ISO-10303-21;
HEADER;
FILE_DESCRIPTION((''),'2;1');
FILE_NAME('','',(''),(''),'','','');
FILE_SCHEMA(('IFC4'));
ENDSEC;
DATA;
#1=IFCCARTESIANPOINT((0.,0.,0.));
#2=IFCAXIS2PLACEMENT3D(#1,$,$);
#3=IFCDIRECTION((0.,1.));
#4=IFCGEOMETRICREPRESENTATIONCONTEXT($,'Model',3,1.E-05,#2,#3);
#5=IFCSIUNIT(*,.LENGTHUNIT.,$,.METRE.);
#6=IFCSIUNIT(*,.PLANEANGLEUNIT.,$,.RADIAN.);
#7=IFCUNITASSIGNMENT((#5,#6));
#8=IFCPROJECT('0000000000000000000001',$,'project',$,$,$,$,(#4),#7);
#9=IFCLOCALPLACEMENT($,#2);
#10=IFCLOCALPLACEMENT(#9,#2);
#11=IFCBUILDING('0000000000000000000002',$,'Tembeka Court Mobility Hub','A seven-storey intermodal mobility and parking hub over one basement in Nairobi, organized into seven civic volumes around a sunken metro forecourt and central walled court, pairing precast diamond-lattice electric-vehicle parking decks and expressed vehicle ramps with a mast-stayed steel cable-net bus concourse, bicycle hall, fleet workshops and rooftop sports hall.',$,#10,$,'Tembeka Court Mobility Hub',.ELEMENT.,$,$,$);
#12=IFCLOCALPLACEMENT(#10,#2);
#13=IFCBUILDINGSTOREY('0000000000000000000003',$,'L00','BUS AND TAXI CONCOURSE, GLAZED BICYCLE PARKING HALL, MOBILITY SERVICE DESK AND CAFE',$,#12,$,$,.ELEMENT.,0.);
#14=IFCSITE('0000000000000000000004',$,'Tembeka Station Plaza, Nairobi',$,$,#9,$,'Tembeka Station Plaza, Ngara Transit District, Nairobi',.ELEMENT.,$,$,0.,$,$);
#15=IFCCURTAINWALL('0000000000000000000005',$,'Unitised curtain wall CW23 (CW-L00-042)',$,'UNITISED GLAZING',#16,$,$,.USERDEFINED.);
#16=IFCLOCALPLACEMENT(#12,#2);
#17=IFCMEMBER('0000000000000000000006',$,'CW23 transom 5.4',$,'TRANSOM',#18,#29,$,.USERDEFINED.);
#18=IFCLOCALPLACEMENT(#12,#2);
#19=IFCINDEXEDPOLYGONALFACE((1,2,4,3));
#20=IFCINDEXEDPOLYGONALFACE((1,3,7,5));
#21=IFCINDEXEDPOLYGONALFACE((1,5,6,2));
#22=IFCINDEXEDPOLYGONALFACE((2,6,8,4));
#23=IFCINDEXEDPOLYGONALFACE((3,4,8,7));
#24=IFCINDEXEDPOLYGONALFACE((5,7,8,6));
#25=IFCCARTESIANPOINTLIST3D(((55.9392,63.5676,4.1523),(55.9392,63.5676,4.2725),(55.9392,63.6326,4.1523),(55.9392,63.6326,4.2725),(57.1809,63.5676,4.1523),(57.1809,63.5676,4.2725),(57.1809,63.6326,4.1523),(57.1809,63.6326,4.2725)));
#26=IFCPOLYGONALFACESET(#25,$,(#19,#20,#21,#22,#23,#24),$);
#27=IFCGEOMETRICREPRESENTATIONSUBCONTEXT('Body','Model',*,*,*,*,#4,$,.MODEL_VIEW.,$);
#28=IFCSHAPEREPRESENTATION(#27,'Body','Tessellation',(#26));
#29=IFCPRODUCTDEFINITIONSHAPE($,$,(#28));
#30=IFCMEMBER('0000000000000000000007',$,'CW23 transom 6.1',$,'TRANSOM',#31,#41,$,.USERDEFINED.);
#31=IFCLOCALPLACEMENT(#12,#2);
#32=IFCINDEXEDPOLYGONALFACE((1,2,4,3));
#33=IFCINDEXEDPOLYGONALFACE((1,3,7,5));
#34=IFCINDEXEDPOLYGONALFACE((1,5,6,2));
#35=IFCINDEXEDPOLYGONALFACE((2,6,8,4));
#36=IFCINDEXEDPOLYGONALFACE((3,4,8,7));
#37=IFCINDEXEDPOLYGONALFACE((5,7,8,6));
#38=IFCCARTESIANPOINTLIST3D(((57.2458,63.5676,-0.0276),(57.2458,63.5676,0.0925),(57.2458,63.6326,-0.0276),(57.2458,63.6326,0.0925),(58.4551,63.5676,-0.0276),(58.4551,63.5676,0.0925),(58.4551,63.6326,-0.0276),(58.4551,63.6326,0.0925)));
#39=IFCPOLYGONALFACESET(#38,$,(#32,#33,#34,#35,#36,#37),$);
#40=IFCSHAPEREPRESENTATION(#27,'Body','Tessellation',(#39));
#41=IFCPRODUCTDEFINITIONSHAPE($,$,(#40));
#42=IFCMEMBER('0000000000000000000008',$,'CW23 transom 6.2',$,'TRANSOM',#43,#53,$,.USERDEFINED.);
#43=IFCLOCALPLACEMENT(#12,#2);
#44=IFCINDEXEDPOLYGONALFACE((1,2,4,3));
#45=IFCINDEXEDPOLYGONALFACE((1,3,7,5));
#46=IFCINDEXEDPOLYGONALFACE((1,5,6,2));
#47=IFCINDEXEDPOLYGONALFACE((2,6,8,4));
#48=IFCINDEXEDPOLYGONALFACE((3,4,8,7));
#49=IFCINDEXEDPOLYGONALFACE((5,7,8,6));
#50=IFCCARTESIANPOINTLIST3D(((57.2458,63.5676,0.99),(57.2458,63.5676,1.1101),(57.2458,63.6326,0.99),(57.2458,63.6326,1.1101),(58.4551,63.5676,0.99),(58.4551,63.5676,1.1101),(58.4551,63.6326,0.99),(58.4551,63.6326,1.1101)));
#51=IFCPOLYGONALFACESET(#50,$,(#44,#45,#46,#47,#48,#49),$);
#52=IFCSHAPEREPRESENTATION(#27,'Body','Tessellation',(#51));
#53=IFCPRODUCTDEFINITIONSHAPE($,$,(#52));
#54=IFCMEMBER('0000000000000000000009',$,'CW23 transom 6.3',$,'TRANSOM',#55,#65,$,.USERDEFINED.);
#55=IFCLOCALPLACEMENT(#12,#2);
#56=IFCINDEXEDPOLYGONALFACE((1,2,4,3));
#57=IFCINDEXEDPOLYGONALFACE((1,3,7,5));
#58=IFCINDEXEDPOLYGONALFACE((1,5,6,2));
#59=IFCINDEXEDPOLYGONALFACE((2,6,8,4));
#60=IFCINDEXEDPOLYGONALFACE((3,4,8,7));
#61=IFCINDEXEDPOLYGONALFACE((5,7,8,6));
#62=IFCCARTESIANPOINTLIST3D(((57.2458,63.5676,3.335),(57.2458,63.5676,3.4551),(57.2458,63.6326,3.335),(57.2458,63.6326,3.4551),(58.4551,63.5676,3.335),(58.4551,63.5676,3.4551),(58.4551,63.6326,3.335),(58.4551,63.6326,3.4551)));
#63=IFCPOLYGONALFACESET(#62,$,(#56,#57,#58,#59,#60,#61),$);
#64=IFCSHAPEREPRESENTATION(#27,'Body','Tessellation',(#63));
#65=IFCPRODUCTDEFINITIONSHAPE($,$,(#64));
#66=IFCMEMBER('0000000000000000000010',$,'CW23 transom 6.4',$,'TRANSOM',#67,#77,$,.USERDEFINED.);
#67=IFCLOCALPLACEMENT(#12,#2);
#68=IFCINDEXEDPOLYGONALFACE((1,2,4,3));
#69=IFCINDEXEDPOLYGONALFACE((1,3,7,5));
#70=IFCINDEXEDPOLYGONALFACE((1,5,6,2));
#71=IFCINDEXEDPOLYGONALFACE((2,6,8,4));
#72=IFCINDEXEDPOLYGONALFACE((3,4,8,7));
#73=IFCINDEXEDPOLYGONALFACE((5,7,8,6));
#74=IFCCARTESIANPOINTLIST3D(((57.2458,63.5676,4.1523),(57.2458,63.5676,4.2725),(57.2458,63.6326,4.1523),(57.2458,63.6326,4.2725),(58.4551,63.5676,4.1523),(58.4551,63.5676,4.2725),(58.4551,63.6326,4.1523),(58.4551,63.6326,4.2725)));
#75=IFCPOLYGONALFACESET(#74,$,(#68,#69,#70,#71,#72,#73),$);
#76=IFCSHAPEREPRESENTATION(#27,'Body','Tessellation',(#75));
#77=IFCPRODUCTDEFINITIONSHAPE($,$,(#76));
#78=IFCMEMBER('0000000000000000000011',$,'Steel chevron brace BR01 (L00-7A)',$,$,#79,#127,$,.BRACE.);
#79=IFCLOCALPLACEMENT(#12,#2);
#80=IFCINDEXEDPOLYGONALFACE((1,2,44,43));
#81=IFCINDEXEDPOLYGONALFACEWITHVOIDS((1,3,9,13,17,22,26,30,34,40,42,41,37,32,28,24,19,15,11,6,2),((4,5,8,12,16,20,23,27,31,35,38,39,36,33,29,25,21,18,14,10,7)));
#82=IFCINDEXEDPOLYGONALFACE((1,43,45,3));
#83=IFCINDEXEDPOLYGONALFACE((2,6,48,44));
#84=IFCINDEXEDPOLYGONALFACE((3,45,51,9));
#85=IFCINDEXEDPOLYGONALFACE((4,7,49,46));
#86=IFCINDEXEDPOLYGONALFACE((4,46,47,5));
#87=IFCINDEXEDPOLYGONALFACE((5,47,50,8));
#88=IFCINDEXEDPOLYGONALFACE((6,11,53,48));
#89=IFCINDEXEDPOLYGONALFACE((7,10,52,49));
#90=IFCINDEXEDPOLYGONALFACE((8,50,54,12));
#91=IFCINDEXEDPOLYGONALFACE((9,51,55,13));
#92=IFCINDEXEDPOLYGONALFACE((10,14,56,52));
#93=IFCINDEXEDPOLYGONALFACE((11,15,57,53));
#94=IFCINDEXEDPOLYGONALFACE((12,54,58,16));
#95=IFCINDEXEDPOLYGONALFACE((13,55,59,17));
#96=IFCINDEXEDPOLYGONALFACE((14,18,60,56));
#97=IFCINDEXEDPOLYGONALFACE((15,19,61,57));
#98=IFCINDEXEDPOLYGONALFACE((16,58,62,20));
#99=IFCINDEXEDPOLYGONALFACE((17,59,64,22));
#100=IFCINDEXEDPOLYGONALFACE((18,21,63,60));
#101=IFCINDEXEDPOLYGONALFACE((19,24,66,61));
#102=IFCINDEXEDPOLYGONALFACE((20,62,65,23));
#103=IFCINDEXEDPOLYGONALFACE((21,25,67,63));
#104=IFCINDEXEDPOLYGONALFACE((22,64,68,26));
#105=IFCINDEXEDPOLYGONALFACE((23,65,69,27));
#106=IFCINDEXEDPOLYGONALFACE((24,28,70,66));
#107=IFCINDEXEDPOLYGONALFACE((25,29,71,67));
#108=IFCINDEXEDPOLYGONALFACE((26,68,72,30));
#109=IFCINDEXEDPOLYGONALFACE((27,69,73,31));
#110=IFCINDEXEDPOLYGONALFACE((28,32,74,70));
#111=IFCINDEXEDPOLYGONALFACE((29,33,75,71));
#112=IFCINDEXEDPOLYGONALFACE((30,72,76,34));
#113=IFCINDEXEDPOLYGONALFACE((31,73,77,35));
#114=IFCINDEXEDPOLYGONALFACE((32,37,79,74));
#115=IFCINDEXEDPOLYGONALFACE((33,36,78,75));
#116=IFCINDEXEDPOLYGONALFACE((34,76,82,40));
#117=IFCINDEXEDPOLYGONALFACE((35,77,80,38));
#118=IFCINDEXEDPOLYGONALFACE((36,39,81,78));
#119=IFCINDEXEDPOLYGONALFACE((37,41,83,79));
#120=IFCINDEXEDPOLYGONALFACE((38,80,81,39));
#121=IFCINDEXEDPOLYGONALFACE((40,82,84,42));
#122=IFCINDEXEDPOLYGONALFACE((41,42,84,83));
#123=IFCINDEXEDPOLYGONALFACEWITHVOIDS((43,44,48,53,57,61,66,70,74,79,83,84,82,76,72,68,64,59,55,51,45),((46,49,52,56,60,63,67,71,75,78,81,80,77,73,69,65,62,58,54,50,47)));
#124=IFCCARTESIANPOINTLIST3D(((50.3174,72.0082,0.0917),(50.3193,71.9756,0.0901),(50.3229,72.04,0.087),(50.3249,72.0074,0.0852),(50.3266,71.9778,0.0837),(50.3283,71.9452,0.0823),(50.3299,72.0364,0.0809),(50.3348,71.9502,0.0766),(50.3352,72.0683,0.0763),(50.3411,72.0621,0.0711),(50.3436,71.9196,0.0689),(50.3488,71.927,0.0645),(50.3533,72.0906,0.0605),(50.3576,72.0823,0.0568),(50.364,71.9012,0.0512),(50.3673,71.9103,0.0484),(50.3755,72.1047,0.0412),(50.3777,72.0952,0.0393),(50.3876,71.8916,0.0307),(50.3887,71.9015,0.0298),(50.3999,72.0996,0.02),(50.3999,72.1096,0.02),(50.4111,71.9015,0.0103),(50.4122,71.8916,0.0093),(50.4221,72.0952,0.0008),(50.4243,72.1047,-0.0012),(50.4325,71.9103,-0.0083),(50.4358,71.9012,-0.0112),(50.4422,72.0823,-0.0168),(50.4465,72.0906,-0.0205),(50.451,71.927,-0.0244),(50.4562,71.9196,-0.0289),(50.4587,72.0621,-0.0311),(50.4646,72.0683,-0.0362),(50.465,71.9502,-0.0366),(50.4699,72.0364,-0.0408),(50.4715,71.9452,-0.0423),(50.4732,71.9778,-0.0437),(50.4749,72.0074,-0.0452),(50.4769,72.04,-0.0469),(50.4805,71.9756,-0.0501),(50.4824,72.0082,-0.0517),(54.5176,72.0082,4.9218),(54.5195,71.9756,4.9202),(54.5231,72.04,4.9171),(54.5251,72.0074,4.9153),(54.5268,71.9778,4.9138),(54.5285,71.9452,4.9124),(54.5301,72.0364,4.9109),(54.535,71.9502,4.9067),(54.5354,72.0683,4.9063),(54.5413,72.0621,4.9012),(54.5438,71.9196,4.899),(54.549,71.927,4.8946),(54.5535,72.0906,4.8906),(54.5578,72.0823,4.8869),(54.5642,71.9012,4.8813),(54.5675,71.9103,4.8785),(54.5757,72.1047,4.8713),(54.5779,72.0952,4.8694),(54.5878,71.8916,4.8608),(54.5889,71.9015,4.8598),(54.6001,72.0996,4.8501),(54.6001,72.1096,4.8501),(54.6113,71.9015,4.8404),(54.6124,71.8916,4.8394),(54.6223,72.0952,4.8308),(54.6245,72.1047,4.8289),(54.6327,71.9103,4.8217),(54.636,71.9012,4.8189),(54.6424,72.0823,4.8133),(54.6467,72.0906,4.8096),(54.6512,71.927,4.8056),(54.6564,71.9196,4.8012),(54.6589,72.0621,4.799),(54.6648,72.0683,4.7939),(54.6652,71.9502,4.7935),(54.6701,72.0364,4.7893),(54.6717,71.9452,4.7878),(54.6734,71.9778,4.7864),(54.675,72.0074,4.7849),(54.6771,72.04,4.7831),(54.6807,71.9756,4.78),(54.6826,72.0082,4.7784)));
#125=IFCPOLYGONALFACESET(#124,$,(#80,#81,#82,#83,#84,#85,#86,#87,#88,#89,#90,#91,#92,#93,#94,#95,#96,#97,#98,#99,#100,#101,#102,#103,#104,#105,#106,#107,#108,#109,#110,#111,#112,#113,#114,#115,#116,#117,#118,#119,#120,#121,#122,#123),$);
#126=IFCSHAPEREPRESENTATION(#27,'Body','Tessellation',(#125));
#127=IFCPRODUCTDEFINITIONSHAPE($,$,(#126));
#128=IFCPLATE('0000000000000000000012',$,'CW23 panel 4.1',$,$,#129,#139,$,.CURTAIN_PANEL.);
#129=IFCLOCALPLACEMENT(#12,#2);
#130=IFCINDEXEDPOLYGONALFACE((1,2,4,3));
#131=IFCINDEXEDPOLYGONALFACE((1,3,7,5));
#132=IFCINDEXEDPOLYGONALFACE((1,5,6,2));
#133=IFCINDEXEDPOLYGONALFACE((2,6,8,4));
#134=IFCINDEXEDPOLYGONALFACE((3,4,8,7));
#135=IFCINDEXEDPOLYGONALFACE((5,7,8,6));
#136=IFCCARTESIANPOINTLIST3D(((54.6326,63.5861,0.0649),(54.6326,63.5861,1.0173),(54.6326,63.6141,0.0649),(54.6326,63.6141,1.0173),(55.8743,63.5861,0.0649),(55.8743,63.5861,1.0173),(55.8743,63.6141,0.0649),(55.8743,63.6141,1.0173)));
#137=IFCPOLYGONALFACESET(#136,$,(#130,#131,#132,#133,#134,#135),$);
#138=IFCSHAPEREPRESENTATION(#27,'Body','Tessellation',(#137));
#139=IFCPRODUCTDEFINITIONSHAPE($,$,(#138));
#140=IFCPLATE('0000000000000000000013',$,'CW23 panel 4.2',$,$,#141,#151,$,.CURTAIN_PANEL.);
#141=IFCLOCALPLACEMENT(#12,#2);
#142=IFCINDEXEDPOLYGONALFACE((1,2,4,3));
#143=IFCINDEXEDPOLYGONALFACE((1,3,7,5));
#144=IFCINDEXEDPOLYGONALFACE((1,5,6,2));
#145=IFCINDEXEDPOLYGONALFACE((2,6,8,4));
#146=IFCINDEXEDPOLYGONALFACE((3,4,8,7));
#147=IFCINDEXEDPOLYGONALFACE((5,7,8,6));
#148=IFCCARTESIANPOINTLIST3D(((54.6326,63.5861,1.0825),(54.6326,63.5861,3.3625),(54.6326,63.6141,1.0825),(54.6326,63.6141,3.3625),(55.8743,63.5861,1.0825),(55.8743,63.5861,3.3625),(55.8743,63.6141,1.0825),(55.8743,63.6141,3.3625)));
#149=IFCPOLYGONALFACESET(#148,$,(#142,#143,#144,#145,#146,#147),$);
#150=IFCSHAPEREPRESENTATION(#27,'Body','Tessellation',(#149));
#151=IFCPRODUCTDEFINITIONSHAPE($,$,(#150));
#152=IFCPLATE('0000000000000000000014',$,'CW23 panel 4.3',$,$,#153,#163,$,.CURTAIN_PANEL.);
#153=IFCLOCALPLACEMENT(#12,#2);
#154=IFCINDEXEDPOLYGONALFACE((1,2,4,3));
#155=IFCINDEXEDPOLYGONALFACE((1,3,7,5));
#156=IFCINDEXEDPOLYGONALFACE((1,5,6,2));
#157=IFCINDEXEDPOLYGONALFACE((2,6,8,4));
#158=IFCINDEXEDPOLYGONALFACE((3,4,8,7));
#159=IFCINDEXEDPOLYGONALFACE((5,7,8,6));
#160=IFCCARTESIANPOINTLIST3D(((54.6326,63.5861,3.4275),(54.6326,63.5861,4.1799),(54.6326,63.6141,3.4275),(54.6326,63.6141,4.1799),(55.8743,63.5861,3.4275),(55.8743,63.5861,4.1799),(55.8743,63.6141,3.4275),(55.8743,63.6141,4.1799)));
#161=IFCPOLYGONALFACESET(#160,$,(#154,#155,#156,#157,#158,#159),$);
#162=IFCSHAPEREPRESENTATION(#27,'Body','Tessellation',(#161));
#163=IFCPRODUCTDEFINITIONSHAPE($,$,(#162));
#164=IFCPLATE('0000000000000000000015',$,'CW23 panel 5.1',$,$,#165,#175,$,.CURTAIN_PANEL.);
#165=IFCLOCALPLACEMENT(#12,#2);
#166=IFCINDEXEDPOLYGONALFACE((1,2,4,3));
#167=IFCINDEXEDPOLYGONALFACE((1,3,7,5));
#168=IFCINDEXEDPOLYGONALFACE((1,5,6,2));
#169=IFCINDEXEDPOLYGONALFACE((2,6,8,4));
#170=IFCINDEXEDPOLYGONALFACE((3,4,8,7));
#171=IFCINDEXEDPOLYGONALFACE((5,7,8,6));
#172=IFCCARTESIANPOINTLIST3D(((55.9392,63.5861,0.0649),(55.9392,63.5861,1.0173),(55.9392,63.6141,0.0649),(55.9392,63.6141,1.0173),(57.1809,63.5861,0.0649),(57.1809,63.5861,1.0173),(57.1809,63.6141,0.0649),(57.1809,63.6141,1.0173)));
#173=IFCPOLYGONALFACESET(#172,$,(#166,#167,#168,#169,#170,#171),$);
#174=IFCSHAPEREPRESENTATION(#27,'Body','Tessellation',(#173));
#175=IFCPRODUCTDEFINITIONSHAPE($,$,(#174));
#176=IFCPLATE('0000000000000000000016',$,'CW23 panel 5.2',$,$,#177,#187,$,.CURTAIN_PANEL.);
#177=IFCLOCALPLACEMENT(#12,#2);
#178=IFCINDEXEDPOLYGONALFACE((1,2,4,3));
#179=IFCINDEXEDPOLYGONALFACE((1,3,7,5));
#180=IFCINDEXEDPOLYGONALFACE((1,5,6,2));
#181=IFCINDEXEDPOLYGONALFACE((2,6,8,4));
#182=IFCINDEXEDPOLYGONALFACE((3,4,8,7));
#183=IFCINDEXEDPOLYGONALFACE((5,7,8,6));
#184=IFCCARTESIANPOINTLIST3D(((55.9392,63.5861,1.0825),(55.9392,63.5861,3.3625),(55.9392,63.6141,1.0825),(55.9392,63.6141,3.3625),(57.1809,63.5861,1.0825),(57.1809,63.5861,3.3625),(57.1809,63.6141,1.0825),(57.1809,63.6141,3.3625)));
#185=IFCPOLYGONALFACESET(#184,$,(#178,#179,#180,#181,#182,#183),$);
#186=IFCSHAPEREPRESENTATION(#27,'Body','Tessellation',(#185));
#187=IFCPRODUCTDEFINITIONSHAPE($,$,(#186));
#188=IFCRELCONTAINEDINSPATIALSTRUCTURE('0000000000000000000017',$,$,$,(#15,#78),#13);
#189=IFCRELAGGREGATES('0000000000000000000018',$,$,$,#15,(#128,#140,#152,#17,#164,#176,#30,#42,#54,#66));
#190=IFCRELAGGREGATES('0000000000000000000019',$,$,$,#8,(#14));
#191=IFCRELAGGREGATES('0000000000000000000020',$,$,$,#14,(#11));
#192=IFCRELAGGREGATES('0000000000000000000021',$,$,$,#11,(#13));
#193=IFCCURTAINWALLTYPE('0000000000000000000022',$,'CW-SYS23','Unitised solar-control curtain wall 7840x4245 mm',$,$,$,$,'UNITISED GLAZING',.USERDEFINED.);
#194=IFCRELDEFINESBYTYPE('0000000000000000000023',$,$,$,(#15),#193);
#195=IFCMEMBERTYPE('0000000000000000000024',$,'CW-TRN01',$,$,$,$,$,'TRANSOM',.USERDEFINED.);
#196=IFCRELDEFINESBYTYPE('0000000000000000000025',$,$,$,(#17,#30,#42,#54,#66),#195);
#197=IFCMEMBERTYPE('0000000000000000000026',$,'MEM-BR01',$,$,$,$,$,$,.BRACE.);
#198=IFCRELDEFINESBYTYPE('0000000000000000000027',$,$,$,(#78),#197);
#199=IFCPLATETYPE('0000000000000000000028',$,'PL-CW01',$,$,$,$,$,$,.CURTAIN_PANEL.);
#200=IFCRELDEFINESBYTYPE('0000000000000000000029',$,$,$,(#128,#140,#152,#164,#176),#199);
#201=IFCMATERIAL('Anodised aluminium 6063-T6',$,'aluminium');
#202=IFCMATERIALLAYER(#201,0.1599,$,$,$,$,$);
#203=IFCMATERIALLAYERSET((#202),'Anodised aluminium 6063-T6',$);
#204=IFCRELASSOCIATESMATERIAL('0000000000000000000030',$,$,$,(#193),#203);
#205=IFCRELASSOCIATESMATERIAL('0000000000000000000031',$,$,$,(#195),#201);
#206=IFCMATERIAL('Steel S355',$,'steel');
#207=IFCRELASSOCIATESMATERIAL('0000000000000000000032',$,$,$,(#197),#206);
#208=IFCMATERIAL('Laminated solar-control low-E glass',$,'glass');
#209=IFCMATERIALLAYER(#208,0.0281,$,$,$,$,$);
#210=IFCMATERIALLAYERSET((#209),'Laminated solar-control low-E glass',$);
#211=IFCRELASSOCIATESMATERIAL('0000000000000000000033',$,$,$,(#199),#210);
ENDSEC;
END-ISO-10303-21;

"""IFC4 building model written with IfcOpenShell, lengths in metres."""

from ifc_helpers import new_model, si_unit, direction, frame, origin, origin_2d, place, context, subcontext, project, spatial, rectangle, hollow_circle, extrude, material, layer, layer_set, material_profile, profile_set, type_object, element, aggregate, save


model = new_model("IFC4")

# Units and contexts
model_context = context("Model", 3, precision=1e-05, world=origin(), true_north=direction((0.0, 1.0)))
body_context = subcontext(model_context, "Body", "Model", "MODEL_VIEW")
ifc_project = project(units=[si_unit("LENGTHUNIT", "METRE"), si_unit("PLANEANGLEUNIT", "RADIAN")], contexts=[model_context])

# Site, building, storey
site_placement = place(None, origin())
site = spatial("IfcSite", under=ifc_project, at=site_placement, Name="Tembeka Station Plaza, Nairobi", LongName="Tembeka Station Plaza, Ngara Transit District, Nairobi", CompositionType="ELEMENT", RefElevation=0.0)
building_placement = place(site_placement, origin())
building = spatial("IfcBuilding", under=site, at=building_placement, Name="Tembeka Court Mobility Hub", Description="A seven-storey intermodal mobility and parking hub over one basement in Nairobi, organized into seven civic volumes around a sunken metro forecourt and central walled court, pairing precast diamond-lattice electric-vehicle parking decks and expressed vehicle ramps with a mast-stayed steel cable-net bus concourse, bicycle hall, fleet workshops and rooftop sports hall.", LongName="Tembeka Court Mobility Hub", CompositionType="ELEMENT")
storey_placement = place(building_placement, origin())
storey = spatial("IfcBuildingStorey", under=building, at=storey_placement, Name="L00", Description="BUS AND TAXI CONCOURSE, GLAZED BICYCLE PARKING HALL, MOBILITY SERVICE DESK AND CAFE", CompositionType="ELEMENT", Elevation=0.0)

# Shared definitions
ifc_material_1 = material(Name="Steel S355", Category="steel")

# Curtain wall, members
ifc_material_2 = material(Name="Anodised aluminium 6063-T6", Category="aluminium")
ifc_layer_1 = layer(ifc_material_2, 0.1599)
ifc_layer_set_1 = layer_set([ifc_layer_1], Name="Anodised aluminium 6063-T6")
curtain_wall_type = type_object("IfcCurtainWallType", Name="CW-SYS23", Description="Unitised solar-control curtain wall 7840x4245 mm", ElementType="UNITISED GLAZING", PredefinedType="USERDEFINED", material=ifc_layer_set_1)
curtain_wall_placement = place(storey_placement, origin())
curtain_wall = element("IfcCurtainWall", 1, at=curtain_wall_placement, inside=storey, type_object=curtain_wall_type, Name="Unitised curtain wall CW23 (CW-L00-042)", ObjectType="UNITISED GLAZING", PredefinedType="USERDEFINED")
ifc_material_profile_1 = material_profile(ifc_material_2, rectangle(XDim=0.0649, YDim=0.1201, at=origin_2d()), Name="ALU-TRN 65x120")
ifc_profile_set_1 = profile_set([ifc_material_profile_1], Name="Anodised aluminium 6063-T6")
member_type_1 = type_object("IfcMemberType", Name="CW-TRN01", ElementType="TRANSOM", PredefinedType="USERDEFINED", material=ifc_profile_set_1)
member_1_placement = place(storey_placement, frame((55.9392, 63.6001, 4.2124), z_axis=(1.0, 0.0, 0.0), x_axis=(0.0, 1.0, 0.0)))
member_1 = element("IfcMember", 2, at=member_1_placement, type_object=member_type_1, Name="CW23 transom 5.4", ObjectType="TRANSOM", PredefinedType="USERDEFINED", context=body_context, shape_type="SweptSolid", body=[
    extrude(rectangle(XDim=0.0649, YDim=0.1201, at=origin_2d()), origin(), (0.0, 0.0, 1.0), 1.2417),
])
member_2_placement = place(storey_placement, frame((57.2458, 63.6001, 0.0325), z_axis=(1.0, 0.0, 0.0), x_axis=(0.0, 1.0, 0.0)))
member_2 = element("IfcMember", 3, at=member_2_placement, type_object=member_type_1, Name="CW23 transom 6.1", ObjectType="TRANSOM", PredefinedType="USERDEFINED", context=body_context, shape_type="SweptSolid", body=[
    extrude(rectangle(XDim=0.0649, YDim=0.1201, at=origin_2d()), origin(), (0.0, 0.0, 1.0), 1.2092),
])
member_3_placement = place(storey_placement, frame((57.2458, 63.6001, 1.05), z_axis=(1.0, 0.0, 0.0), x_axis=(0.0, 1.0, 0.0)))
member_3 = element("IfcMember", 4, at=member_3_placement, type_object=member_type_1, Name="CW23 transom 6.2", ObjectType="TRANSOM", PredefinedType="USERDEFINED", context=body_context, shape_type="SweptSolid", body=[
    extrude(rectangle(XDim=0.0649, YDim=0.1201, at=origin_2d()), origin(), (0.0, 0.0, 1.0), 1.2092),
])
member_4_placement = place(storey_placement, frame((57.2458, 63.6001, 3.395), z_axis=(1.0, 0.0, 0.0), x_axis=(0.0, 1.0, 0.0)))
member_4 = element("IfcMember", 5, at=member_4_placement, type_object=member_type_1, Name="CW23 transom 6.3", ObjectType="TRANSOM", PredefinedType="USERDEFINED", context=body_context, shape_type="SweptSolid", body=[
    extrude(rectangle(XDim=0.0649, YDim=0.1201, at=origin_2d()), origin(), (0.0, 0.0, 1.0), 1.2092),
])
member_5_placement = place(storey_placement, frame((57.2458, 63.6001, 4.2124), z_axis=(1.0, 0.0, 0.0), x_axis=(0.0, 1.0, 0.0)))
member_5 = element("IfcMember", 6, at=member_5_placement, type_object=member_type_1, Name="CW23 transom 6.4", ObjectType="TRANSOM", PredefinedType="USERDEFINED", context=body_context, shape_type="SweptSolid", body=[
    extrude(rectangle(XDim=0.0649, YDim=0.1201, at=origin_2d()), origin(), (0.0, 0.0, 1.0), 1.2092),
])

# Member
ifc_material_profile_2 = material_profile(ifc_material_1, hollow_circle(Radius=0.1096, WallThickness=0.01, at=origin_2d()), Name="CHS 219.1x10")
ifc_profile_set_2 = profile_set([ifc_material_profile_2], Name="Steel S355")
member_type_2 = type_object("IfcMemberType", Name="MEM-BR01", PredefinedType="BRACE", material=ifc_profile_set_2)
member_6_placement = place(storey_placement, frame((50.3999, 72.0, 0.02), z_axis=(0.65619, 0.0, 0.754596), x_axis=(0.0, 1.0, 0.0)))
element("IfcMember", 7, at=member_6_placement, inside=storey, type_object=member_type_2, Name="Steel chevron brace BR01 (L00-7A)", PredefinedType="BRACE", context=body_context, shape_type="SweptSolid", body=[
    extrude(hollow_circle(Radius=0.1096, WallThickness=0.01, at=origin_2d()), origin(), (0.0, 0.0, 1.0), 6.4009),
])

# Plates
ifc_material_3 = material(Name="Laminated solar-control low-E glass", Category="glass")
ifc_layer_2 = layer(ifc_material_3, 0.0281)
ifc_layer_set_2 = layer_set([ifc_layer_2], Name="Laminated solar-control low-E glass")
plate_type_1 = type_object("IfcPlateType", Name="PL-CW01", PredefinedType="CURTAIN_PANEL", material=ifc_layer_set_2)
plate_1_placement = place(storey_placement, frame((55.2534, 63.6001, 0.0649), z_axis=(0.0, 0.0, 1.0), x_axis=(1.0, 0.0, 0.0)))
plate_1 = element("IfcPlate", 8, at=plate_1_placement, type_object=plate_type_1, Name="CW23 panel 4.1", PredefinedType="CURTAIN_PANEL", context=body_context, shape_type="SweptSolid", body=[
    extrude(rectangle(XDim=1.2417, YDim=0.0281, at=origin_2d()), origin(), (0.0, 0.0, 1.0), 0.9524),
])
plate_2_placement = place(storey_placement, frame((55.2534, 63.6001, 1.0825), z_axis=(0.0, 0.0, 1.0), x_axis=(1.0, 0.0, 0.0)))
plate_2 = element("IfcPlate", 9, at=plate_2_placement, type_object=plate_type_1, Name="CW23 panel 4.2", PredefinedType="CURTAIN_PANEL", context=body_context, shape_type="SweptSolid", body=[
    extrude(rectangle(XDim=1.2417, YDim=0.0281, at=origin_2d()), origin(), (0.0, 0.0, 1.0), 2.28),
])
plate_3_placement = place(storey_placement, frame((55.2534, 63.6001, 3.4275), z_axis=(0.0, 0.0, 1.0), x_axis=(1.0, 0.0, 0.0)))
plate_3 = element("IfcPlate", 10, at=plate_3_placement, type_object=plate_type_1, Name="CW23 panel 4.3", PredefinedType="CURTAIN_PANEL", context=body_context, shape_type="SweptSolid", body=[
    extrude(rectangle(XDim=1.2417, YDim=0.0281, at=origin_2d()), origin(), (0.0, 0.0, 1.0), 0.7524),
])
plate_4_placement = place(storey_placement, frame((56.5601, 63.6001, 0.0649), z_axis=(0.0, 0.0, 1.0), x_axis=(1.0, 0.0, 0.0)))
plate_4 = element("IfcPlate", 11, at=plate_4_placement, type_object=plate_type_1, Name="CW23 panel 5.1", PredefinedType="CURTAIN_PANEL", context=body_context, shape_type="SweptSolid", body=[
    extrude(rectangle(XDim=1.2417, YDim=0.0281, at=origin_2d()), origin(), (0.0, 0.0, 1.0), 0.9524),
])
plate_5_placement = place(storey_placement, frame((56.5601, 63.6001, 1.0825), z_axis=(0.0, 0.0, 1.0), x_axis=(1.0, 0.0, 0.0)))
plate_5 = element("IfcPlate", 12, at=plate_5_placement, type_object=plate_type_1, Name="CW23 panel 5.2", PredefinedType="CURTAIN_PANEL", context=body_context, shape_type="SweptSolid", body=[
    extrude(rectangle(XDim=1.2417, YDim=0.0281, at=origin_2d()), origin(), (0.0, 0.0, 1.0), 2.28),
])
aggregate(curtain_wall, [plate_1, plate_2, plate_3, member_1, plate_4, plate_5, member_2, member_3, member_4, member_5])

save(model, "model.ifc")
